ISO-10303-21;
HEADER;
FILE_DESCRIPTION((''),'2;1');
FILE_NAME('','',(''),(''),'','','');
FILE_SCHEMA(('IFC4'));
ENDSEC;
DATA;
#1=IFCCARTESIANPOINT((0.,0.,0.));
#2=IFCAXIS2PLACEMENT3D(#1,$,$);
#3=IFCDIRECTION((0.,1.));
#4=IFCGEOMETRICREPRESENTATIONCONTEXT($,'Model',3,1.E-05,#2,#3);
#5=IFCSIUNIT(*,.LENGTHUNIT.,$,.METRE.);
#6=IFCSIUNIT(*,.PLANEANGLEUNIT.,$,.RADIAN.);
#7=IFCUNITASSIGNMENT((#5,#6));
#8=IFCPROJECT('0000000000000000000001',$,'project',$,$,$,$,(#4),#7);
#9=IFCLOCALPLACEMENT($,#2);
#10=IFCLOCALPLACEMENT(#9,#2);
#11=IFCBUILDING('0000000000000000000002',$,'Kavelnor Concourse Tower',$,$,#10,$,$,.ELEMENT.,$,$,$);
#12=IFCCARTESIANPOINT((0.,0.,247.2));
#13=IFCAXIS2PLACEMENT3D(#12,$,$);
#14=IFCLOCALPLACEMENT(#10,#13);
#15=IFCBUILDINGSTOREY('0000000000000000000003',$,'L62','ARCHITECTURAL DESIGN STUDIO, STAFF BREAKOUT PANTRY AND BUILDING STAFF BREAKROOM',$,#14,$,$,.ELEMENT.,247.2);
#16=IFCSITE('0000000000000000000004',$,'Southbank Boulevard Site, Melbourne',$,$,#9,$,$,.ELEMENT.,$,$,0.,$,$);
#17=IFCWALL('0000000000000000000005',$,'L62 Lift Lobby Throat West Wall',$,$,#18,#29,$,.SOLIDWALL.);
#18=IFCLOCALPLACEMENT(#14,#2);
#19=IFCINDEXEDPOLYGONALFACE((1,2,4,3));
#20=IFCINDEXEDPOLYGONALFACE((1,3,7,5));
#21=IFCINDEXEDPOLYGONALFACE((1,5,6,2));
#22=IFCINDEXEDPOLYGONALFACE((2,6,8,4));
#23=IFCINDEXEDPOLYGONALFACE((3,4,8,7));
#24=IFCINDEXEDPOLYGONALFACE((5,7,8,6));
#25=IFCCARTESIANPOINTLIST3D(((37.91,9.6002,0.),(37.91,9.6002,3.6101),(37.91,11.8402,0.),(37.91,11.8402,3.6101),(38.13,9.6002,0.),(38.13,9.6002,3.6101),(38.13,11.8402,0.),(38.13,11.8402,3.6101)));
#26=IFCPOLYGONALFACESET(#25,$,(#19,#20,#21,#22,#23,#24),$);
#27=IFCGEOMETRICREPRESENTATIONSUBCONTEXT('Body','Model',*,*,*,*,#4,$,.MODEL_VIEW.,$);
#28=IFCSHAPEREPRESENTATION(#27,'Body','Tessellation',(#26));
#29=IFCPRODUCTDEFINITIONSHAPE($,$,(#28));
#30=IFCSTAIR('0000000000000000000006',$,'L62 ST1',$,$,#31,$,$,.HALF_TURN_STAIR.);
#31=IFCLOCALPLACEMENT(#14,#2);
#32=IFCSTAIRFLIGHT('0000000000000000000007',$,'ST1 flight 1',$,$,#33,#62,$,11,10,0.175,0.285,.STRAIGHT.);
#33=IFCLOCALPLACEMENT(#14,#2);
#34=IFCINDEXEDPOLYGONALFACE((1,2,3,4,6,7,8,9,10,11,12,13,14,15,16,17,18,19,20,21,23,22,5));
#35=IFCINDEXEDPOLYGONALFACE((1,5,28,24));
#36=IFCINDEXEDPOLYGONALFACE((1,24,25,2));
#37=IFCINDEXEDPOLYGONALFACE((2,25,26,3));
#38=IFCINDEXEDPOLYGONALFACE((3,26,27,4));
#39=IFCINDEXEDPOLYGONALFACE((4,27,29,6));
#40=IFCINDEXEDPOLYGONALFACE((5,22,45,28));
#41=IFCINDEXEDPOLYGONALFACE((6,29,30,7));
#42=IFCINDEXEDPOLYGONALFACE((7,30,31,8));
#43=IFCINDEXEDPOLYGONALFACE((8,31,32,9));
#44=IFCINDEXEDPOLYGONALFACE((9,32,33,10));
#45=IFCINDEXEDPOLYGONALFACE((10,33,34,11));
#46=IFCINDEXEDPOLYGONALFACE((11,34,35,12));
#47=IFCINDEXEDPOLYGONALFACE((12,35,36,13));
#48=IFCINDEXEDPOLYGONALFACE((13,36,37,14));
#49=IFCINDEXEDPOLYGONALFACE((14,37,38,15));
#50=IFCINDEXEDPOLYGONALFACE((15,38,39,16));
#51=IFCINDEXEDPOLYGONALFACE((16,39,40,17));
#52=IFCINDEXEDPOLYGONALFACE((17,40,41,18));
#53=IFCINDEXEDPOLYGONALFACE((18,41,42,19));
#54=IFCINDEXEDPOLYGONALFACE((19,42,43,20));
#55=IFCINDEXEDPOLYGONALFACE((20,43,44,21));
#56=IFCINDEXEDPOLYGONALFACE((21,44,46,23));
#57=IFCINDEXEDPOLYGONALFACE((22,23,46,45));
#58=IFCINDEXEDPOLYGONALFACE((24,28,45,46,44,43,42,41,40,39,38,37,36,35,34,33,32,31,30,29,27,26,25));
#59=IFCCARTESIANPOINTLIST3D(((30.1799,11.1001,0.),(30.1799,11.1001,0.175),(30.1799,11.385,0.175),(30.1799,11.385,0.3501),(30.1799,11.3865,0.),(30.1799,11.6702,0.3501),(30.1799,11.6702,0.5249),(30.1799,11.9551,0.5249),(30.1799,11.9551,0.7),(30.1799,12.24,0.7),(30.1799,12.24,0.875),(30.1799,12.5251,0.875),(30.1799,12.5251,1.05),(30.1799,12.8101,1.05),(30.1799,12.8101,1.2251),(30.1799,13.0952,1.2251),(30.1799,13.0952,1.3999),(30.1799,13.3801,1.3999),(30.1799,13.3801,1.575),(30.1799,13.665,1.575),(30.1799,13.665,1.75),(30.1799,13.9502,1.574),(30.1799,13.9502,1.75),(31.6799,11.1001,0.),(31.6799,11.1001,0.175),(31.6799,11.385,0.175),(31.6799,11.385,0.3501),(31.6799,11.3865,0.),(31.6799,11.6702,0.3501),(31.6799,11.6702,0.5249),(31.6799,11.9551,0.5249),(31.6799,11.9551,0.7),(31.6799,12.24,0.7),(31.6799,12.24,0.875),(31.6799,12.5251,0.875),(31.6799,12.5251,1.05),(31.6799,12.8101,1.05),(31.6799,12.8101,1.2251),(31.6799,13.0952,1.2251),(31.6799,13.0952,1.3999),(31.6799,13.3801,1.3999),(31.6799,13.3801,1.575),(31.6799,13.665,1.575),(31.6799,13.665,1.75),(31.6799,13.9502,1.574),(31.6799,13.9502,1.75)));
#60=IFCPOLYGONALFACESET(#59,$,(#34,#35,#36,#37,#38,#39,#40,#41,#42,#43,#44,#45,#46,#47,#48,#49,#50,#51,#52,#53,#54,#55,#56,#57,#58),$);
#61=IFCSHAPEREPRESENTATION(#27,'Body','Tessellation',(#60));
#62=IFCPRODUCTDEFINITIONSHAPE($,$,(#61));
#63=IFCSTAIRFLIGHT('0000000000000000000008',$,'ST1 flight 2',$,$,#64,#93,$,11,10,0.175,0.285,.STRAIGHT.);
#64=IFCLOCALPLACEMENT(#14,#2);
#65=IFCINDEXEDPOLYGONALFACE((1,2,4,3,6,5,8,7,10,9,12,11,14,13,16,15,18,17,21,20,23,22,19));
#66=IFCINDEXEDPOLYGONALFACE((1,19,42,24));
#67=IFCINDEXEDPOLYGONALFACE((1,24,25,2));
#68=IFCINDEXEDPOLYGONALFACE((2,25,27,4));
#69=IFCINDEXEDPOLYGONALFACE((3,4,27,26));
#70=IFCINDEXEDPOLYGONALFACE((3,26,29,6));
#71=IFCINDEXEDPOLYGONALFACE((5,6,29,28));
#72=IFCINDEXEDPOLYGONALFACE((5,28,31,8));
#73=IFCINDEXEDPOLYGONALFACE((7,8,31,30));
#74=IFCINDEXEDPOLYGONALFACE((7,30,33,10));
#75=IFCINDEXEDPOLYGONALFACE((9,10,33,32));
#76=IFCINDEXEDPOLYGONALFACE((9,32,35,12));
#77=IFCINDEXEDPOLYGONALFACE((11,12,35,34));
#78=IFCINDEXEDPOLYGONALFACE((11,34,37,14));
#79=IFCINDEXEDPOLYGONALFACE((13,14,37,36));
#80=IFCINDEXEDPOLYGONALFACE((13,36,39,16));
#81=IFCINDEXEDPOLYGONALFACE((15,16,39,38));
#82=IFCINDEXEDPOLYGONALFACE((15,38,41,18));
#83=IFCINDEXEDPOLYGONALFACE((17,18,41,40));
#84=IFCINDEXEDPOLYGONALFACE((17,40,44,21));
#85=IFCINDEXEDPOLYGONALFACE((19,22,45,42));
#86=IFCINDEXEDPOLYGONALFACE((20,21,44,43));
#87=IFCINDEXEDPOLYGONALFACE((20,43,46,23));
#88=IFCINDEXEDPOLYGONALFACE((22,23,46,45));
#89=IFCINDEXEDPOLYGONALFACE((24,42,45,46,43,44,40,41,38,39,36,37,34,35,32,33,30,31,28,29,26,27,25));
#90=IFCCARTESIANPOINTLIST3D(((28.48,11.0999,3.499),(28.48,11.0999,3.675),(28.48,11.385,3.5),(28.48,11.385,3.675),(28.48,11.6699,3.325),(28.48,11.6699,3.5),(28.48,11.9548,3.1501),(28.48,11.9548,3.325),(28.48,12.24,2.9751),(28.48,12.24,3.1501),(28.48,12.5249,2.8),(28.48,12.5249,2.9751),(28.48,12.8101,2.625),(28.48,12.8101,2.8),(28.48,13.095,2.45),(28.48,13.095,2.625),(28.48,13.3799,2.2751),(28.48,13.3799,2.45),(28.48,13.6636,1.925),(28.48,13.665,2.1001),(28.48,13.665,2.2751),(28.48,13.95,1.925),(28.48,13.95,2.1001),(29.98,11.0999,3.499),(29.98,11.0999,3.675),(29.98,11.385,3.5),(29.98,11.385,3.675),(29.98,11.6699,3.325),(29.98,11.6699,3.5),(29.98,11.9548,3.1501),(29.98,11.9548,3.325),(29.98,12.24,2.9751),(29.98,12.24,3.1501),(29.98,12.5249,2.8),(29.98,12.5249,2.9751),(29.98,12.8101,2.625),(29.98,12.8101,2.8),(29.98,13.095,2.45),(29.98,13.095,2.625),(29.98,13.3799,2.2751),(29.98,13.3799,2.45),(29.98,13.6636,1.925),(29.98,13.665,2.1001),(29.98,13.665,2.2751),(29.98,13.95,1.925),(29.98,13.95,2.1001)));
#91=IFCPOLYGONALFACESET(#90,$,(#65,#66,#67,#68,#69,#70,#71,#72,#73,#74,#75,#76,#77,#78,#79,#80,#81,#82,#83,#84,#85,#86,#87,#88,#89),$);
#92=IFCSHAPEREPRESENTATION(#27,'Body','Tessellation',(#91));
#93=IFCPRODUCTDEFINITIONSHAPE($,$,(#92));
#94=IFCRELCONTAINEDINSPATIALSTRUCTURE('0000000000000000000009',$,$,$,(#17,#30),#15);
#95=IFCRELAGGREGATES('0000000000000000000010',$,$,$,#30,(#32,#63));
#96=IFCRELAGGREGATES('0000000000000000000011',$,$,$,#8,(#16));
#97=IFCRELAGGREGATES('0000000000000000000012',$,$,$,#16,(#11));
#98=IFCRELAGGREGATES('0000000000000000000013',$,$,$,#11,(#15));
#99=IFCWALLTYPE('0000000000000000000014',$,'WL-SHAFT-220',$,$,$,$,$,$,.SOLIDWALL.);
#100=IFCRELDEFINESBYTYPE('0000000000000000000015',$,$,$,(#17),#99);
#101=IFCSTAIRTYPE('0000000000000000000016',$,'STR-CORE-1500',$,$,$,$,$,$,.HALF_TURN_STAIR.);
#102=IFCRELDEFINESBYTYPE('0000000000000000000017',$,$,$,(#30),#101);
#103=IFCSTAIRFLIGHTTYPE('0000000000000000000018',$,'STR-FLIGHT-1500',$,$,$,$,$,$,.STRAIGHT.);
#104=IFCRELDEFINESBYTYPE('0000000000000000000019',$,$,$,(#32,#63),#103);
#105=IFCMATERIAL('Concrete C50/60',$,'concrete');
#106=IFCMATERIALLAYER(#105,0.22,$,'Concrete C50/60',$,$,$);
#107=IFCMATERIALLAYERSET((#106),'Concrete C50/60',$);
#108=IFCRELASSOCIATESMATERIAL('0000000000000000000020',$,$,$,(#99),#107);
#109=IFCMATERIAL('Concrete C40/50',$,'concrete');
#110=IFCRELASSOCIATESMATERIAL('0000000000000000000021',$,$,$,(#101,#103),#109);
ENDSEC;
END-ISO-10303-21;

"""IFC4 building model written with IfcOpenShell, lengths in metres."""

from ifc_helpers import new_model, si_unit, direction, frame, frame_2d, origin, place, context, subcontext, project, spatial, polyline, rectangle, outline, extrude, material, layer, layer_set, type_object, element, aggregate, save


model = new_model("IFC4")

# Units and contexts
model_context = context("Model", 3, precision=1e-05, world=origin(), true_north=direction((0.0, 1.0)))
body_context = subcontext(model_context, "Body", "Model", "MODEL_VIEW")
ifc_project = project(units=[si_unit("LENGTHUNIT", "METRE"), si_unit("PLANEANGLEUNIT", "RADIAN")], contexts=[model_context])

# Site, building, storey
site_placement = place(None, origin())
site = spatial("IfcSite", under=ifc_project, at=site_placement, Name="Southbank Boulevard Site, Melbourne", CompositionType="ELEMENT", RefElevation=0.0)
building_placement = place(site_placement, origin())
building = spatial("IfcBuilding", under=site, at=building_placement, Name="Kavelnor Concourse Tower", CompositionType="ELEMENT")
storey_placement = place(building_placement, frame((0.0, 0.0, 247.2)))
storey = spatial("IfcBuildingStorey", under=building, at=storey_placement, Name="L62", Description="ARCHITECTURAL DESIGN STUDIO, STAFF BREAKOUT PANTRY AND BUILDING STAFF BREAKROOM", CompositionType="ELEMENT", Elevation=247.2)

# Shared definitions
ifc_material_1 = material(Name="Concrete C50/60", Category="concrete")
ifc_layer = layer(ifc_material_1, 0.22, Name="Concrete C50/60")
ifc_layer_set = layer_set([ifc_layer], Name="Concrete C50/60")
wall_type = type_object("IfcWallType", Name="WL-SHAFT-220", PredefinedType="SOLIDWALL", material=ifc_layer_set)

# Wall
wall_1_placement = place(storey_placement, frame((38.02, 9.6001, 0.0), z_axis=(0.0, 0.0, 1.0), x_axis=(0.0, 1.0, 0.0)))
element("IfcWall", 1, at=wall_1_placement, inside=storey, type_object=wall_type, Name="L62 Lift Lobby Throat West Wall", PredefinedType="SOLIDWALL", context=body_context, shape_type="SweptSolid", body=[
    extrude(rectangle(XDim=2.24, YDim=0.22, at=frame_2d((1.1201, 0.0))), origin(), (0.0, 0.0, 1.0), 3.6101),
])

# Stair, stair flights
ifc_material_2 = material(Name="Concrete C40/50", Category="concrete")
stair_type = type_object("IfcStairType", Name="STR-CORE-1500", PredefinedType="HALF_TURN_STAIR", material=ifc_material_2)
stair_placement = place(storey_placement, origin())
stair = element("IfcStair", 2, at=stair_placement, inside=storey, type_object=stair_type, Name="L62 ST1", PredefinedType="HALF_TURN_STAIR")
stair_flight_type = type_object("IfcStairFlightType", Name="STR-FLIGHT-1500", PredefinedType="STRAIGHT", material=ifc_material_2)
stair_flight_1_placement = place(storey_placement, frame((30.9299, 11.1001, 0.0), z_axis=(0.0, 0.0, 1.0), x_axis=(0.0, 1.0, 0.0)))
stair_flight_1 = element("IfcStairFlight", 3, at=stair_flight_1_placement, type_object=stair_flight_type, Name="ST1 flight 1", NumberOfRisers=11, NumberOfTreads=10, PredefinedType="STRAIGHT", RiserHeight=0.175, TreadLength=0.285, context=body_context, shape_type="SweptSolid", body=[
    extrude(outline(polyline([(0.0, 0.0), (0.0, 0.175), (0.2849, 0.175), (0.2849, 0.3501), (0.5701, 0.3501), (0.5701, 0.5249), (0.855, 0.5249), (0.855, 0.7), (1.1399, 0.7), (1.1399, 0.875), (1.425, 0.875), (1.425, 1.05), (1.71, 1.05), (1.71, 1.2251), (1.9951, 1.2251), (1.9951, 1.3999), (2.28, 1.3999), (2.28, 1.575), (2.5649, 1.575), (2.5649, 1.75), (2.8501, 1.75), (2.8501, 1.925), (2.8501, 1.574), (0.2864, 0.0), (0.0, 0.0)])), frame((0.0, 0.75, 0.0), z_axis=(0.0, -1.0, 0.0), x_axis=(1.0, 0.0, 0.0)), (0.0, 0.0, 1.0), 1.5),
])
stair_flight_2_placement = place(storey_placement, frame((29.23, 13.95, 1.925), z_axis=(0.0, 0.0, 1.0), x_axis=(0.0, -1.0, 0.0)))
stair_flight_2 = element("IfcStairFlight", 4, at=stair_flight_2_placement, type_object=stair_flight_type, Name="ST1 flight 2", NumberOfRisers=11, NumberOfTreads=10, PredefinedType="STRAIGHT", RiserHeight=0.175, TreadLength=0.285, context=body_context, shape_type="SweptSolid", body=[
    extrude(outline(polyline([(0.0, 0.0), (0.0, 0.175), (0.2849, 0.175), (0.2849, 0.3501), (0.5701, 0.3501), (0.5701, 0.5249), (0.855, 0.5249), (0.855, 0.7), (1.1399, 0.7), (1.1399, 0.875), (1.425, 0.875), (1.425, 1.05), (1.71, 1.05), (1.71, 1.2251), (1.9951, 1.2251), (1.9951, 1.3999), (2.28, 1.3999), (2.28, 1.575), (2.5649, 1.575), (2.5649, 1.75), (2.8501, 1.75), (2.8501, 1.925), (2.8501, 1.574), (0.2864, 0.0), (0.0, 0.0)])), frame((0.0, 0.75, 0.0), z_axis=(0.0, -1.0, 0.0), x_axis=(1.0, 0.0, 0.0)), (0.0, 0.0, 1.0), 1.5),
])
aggregate(stair, [stair_flight_1, stair_flight_2])

save(model, "model.ifc")
